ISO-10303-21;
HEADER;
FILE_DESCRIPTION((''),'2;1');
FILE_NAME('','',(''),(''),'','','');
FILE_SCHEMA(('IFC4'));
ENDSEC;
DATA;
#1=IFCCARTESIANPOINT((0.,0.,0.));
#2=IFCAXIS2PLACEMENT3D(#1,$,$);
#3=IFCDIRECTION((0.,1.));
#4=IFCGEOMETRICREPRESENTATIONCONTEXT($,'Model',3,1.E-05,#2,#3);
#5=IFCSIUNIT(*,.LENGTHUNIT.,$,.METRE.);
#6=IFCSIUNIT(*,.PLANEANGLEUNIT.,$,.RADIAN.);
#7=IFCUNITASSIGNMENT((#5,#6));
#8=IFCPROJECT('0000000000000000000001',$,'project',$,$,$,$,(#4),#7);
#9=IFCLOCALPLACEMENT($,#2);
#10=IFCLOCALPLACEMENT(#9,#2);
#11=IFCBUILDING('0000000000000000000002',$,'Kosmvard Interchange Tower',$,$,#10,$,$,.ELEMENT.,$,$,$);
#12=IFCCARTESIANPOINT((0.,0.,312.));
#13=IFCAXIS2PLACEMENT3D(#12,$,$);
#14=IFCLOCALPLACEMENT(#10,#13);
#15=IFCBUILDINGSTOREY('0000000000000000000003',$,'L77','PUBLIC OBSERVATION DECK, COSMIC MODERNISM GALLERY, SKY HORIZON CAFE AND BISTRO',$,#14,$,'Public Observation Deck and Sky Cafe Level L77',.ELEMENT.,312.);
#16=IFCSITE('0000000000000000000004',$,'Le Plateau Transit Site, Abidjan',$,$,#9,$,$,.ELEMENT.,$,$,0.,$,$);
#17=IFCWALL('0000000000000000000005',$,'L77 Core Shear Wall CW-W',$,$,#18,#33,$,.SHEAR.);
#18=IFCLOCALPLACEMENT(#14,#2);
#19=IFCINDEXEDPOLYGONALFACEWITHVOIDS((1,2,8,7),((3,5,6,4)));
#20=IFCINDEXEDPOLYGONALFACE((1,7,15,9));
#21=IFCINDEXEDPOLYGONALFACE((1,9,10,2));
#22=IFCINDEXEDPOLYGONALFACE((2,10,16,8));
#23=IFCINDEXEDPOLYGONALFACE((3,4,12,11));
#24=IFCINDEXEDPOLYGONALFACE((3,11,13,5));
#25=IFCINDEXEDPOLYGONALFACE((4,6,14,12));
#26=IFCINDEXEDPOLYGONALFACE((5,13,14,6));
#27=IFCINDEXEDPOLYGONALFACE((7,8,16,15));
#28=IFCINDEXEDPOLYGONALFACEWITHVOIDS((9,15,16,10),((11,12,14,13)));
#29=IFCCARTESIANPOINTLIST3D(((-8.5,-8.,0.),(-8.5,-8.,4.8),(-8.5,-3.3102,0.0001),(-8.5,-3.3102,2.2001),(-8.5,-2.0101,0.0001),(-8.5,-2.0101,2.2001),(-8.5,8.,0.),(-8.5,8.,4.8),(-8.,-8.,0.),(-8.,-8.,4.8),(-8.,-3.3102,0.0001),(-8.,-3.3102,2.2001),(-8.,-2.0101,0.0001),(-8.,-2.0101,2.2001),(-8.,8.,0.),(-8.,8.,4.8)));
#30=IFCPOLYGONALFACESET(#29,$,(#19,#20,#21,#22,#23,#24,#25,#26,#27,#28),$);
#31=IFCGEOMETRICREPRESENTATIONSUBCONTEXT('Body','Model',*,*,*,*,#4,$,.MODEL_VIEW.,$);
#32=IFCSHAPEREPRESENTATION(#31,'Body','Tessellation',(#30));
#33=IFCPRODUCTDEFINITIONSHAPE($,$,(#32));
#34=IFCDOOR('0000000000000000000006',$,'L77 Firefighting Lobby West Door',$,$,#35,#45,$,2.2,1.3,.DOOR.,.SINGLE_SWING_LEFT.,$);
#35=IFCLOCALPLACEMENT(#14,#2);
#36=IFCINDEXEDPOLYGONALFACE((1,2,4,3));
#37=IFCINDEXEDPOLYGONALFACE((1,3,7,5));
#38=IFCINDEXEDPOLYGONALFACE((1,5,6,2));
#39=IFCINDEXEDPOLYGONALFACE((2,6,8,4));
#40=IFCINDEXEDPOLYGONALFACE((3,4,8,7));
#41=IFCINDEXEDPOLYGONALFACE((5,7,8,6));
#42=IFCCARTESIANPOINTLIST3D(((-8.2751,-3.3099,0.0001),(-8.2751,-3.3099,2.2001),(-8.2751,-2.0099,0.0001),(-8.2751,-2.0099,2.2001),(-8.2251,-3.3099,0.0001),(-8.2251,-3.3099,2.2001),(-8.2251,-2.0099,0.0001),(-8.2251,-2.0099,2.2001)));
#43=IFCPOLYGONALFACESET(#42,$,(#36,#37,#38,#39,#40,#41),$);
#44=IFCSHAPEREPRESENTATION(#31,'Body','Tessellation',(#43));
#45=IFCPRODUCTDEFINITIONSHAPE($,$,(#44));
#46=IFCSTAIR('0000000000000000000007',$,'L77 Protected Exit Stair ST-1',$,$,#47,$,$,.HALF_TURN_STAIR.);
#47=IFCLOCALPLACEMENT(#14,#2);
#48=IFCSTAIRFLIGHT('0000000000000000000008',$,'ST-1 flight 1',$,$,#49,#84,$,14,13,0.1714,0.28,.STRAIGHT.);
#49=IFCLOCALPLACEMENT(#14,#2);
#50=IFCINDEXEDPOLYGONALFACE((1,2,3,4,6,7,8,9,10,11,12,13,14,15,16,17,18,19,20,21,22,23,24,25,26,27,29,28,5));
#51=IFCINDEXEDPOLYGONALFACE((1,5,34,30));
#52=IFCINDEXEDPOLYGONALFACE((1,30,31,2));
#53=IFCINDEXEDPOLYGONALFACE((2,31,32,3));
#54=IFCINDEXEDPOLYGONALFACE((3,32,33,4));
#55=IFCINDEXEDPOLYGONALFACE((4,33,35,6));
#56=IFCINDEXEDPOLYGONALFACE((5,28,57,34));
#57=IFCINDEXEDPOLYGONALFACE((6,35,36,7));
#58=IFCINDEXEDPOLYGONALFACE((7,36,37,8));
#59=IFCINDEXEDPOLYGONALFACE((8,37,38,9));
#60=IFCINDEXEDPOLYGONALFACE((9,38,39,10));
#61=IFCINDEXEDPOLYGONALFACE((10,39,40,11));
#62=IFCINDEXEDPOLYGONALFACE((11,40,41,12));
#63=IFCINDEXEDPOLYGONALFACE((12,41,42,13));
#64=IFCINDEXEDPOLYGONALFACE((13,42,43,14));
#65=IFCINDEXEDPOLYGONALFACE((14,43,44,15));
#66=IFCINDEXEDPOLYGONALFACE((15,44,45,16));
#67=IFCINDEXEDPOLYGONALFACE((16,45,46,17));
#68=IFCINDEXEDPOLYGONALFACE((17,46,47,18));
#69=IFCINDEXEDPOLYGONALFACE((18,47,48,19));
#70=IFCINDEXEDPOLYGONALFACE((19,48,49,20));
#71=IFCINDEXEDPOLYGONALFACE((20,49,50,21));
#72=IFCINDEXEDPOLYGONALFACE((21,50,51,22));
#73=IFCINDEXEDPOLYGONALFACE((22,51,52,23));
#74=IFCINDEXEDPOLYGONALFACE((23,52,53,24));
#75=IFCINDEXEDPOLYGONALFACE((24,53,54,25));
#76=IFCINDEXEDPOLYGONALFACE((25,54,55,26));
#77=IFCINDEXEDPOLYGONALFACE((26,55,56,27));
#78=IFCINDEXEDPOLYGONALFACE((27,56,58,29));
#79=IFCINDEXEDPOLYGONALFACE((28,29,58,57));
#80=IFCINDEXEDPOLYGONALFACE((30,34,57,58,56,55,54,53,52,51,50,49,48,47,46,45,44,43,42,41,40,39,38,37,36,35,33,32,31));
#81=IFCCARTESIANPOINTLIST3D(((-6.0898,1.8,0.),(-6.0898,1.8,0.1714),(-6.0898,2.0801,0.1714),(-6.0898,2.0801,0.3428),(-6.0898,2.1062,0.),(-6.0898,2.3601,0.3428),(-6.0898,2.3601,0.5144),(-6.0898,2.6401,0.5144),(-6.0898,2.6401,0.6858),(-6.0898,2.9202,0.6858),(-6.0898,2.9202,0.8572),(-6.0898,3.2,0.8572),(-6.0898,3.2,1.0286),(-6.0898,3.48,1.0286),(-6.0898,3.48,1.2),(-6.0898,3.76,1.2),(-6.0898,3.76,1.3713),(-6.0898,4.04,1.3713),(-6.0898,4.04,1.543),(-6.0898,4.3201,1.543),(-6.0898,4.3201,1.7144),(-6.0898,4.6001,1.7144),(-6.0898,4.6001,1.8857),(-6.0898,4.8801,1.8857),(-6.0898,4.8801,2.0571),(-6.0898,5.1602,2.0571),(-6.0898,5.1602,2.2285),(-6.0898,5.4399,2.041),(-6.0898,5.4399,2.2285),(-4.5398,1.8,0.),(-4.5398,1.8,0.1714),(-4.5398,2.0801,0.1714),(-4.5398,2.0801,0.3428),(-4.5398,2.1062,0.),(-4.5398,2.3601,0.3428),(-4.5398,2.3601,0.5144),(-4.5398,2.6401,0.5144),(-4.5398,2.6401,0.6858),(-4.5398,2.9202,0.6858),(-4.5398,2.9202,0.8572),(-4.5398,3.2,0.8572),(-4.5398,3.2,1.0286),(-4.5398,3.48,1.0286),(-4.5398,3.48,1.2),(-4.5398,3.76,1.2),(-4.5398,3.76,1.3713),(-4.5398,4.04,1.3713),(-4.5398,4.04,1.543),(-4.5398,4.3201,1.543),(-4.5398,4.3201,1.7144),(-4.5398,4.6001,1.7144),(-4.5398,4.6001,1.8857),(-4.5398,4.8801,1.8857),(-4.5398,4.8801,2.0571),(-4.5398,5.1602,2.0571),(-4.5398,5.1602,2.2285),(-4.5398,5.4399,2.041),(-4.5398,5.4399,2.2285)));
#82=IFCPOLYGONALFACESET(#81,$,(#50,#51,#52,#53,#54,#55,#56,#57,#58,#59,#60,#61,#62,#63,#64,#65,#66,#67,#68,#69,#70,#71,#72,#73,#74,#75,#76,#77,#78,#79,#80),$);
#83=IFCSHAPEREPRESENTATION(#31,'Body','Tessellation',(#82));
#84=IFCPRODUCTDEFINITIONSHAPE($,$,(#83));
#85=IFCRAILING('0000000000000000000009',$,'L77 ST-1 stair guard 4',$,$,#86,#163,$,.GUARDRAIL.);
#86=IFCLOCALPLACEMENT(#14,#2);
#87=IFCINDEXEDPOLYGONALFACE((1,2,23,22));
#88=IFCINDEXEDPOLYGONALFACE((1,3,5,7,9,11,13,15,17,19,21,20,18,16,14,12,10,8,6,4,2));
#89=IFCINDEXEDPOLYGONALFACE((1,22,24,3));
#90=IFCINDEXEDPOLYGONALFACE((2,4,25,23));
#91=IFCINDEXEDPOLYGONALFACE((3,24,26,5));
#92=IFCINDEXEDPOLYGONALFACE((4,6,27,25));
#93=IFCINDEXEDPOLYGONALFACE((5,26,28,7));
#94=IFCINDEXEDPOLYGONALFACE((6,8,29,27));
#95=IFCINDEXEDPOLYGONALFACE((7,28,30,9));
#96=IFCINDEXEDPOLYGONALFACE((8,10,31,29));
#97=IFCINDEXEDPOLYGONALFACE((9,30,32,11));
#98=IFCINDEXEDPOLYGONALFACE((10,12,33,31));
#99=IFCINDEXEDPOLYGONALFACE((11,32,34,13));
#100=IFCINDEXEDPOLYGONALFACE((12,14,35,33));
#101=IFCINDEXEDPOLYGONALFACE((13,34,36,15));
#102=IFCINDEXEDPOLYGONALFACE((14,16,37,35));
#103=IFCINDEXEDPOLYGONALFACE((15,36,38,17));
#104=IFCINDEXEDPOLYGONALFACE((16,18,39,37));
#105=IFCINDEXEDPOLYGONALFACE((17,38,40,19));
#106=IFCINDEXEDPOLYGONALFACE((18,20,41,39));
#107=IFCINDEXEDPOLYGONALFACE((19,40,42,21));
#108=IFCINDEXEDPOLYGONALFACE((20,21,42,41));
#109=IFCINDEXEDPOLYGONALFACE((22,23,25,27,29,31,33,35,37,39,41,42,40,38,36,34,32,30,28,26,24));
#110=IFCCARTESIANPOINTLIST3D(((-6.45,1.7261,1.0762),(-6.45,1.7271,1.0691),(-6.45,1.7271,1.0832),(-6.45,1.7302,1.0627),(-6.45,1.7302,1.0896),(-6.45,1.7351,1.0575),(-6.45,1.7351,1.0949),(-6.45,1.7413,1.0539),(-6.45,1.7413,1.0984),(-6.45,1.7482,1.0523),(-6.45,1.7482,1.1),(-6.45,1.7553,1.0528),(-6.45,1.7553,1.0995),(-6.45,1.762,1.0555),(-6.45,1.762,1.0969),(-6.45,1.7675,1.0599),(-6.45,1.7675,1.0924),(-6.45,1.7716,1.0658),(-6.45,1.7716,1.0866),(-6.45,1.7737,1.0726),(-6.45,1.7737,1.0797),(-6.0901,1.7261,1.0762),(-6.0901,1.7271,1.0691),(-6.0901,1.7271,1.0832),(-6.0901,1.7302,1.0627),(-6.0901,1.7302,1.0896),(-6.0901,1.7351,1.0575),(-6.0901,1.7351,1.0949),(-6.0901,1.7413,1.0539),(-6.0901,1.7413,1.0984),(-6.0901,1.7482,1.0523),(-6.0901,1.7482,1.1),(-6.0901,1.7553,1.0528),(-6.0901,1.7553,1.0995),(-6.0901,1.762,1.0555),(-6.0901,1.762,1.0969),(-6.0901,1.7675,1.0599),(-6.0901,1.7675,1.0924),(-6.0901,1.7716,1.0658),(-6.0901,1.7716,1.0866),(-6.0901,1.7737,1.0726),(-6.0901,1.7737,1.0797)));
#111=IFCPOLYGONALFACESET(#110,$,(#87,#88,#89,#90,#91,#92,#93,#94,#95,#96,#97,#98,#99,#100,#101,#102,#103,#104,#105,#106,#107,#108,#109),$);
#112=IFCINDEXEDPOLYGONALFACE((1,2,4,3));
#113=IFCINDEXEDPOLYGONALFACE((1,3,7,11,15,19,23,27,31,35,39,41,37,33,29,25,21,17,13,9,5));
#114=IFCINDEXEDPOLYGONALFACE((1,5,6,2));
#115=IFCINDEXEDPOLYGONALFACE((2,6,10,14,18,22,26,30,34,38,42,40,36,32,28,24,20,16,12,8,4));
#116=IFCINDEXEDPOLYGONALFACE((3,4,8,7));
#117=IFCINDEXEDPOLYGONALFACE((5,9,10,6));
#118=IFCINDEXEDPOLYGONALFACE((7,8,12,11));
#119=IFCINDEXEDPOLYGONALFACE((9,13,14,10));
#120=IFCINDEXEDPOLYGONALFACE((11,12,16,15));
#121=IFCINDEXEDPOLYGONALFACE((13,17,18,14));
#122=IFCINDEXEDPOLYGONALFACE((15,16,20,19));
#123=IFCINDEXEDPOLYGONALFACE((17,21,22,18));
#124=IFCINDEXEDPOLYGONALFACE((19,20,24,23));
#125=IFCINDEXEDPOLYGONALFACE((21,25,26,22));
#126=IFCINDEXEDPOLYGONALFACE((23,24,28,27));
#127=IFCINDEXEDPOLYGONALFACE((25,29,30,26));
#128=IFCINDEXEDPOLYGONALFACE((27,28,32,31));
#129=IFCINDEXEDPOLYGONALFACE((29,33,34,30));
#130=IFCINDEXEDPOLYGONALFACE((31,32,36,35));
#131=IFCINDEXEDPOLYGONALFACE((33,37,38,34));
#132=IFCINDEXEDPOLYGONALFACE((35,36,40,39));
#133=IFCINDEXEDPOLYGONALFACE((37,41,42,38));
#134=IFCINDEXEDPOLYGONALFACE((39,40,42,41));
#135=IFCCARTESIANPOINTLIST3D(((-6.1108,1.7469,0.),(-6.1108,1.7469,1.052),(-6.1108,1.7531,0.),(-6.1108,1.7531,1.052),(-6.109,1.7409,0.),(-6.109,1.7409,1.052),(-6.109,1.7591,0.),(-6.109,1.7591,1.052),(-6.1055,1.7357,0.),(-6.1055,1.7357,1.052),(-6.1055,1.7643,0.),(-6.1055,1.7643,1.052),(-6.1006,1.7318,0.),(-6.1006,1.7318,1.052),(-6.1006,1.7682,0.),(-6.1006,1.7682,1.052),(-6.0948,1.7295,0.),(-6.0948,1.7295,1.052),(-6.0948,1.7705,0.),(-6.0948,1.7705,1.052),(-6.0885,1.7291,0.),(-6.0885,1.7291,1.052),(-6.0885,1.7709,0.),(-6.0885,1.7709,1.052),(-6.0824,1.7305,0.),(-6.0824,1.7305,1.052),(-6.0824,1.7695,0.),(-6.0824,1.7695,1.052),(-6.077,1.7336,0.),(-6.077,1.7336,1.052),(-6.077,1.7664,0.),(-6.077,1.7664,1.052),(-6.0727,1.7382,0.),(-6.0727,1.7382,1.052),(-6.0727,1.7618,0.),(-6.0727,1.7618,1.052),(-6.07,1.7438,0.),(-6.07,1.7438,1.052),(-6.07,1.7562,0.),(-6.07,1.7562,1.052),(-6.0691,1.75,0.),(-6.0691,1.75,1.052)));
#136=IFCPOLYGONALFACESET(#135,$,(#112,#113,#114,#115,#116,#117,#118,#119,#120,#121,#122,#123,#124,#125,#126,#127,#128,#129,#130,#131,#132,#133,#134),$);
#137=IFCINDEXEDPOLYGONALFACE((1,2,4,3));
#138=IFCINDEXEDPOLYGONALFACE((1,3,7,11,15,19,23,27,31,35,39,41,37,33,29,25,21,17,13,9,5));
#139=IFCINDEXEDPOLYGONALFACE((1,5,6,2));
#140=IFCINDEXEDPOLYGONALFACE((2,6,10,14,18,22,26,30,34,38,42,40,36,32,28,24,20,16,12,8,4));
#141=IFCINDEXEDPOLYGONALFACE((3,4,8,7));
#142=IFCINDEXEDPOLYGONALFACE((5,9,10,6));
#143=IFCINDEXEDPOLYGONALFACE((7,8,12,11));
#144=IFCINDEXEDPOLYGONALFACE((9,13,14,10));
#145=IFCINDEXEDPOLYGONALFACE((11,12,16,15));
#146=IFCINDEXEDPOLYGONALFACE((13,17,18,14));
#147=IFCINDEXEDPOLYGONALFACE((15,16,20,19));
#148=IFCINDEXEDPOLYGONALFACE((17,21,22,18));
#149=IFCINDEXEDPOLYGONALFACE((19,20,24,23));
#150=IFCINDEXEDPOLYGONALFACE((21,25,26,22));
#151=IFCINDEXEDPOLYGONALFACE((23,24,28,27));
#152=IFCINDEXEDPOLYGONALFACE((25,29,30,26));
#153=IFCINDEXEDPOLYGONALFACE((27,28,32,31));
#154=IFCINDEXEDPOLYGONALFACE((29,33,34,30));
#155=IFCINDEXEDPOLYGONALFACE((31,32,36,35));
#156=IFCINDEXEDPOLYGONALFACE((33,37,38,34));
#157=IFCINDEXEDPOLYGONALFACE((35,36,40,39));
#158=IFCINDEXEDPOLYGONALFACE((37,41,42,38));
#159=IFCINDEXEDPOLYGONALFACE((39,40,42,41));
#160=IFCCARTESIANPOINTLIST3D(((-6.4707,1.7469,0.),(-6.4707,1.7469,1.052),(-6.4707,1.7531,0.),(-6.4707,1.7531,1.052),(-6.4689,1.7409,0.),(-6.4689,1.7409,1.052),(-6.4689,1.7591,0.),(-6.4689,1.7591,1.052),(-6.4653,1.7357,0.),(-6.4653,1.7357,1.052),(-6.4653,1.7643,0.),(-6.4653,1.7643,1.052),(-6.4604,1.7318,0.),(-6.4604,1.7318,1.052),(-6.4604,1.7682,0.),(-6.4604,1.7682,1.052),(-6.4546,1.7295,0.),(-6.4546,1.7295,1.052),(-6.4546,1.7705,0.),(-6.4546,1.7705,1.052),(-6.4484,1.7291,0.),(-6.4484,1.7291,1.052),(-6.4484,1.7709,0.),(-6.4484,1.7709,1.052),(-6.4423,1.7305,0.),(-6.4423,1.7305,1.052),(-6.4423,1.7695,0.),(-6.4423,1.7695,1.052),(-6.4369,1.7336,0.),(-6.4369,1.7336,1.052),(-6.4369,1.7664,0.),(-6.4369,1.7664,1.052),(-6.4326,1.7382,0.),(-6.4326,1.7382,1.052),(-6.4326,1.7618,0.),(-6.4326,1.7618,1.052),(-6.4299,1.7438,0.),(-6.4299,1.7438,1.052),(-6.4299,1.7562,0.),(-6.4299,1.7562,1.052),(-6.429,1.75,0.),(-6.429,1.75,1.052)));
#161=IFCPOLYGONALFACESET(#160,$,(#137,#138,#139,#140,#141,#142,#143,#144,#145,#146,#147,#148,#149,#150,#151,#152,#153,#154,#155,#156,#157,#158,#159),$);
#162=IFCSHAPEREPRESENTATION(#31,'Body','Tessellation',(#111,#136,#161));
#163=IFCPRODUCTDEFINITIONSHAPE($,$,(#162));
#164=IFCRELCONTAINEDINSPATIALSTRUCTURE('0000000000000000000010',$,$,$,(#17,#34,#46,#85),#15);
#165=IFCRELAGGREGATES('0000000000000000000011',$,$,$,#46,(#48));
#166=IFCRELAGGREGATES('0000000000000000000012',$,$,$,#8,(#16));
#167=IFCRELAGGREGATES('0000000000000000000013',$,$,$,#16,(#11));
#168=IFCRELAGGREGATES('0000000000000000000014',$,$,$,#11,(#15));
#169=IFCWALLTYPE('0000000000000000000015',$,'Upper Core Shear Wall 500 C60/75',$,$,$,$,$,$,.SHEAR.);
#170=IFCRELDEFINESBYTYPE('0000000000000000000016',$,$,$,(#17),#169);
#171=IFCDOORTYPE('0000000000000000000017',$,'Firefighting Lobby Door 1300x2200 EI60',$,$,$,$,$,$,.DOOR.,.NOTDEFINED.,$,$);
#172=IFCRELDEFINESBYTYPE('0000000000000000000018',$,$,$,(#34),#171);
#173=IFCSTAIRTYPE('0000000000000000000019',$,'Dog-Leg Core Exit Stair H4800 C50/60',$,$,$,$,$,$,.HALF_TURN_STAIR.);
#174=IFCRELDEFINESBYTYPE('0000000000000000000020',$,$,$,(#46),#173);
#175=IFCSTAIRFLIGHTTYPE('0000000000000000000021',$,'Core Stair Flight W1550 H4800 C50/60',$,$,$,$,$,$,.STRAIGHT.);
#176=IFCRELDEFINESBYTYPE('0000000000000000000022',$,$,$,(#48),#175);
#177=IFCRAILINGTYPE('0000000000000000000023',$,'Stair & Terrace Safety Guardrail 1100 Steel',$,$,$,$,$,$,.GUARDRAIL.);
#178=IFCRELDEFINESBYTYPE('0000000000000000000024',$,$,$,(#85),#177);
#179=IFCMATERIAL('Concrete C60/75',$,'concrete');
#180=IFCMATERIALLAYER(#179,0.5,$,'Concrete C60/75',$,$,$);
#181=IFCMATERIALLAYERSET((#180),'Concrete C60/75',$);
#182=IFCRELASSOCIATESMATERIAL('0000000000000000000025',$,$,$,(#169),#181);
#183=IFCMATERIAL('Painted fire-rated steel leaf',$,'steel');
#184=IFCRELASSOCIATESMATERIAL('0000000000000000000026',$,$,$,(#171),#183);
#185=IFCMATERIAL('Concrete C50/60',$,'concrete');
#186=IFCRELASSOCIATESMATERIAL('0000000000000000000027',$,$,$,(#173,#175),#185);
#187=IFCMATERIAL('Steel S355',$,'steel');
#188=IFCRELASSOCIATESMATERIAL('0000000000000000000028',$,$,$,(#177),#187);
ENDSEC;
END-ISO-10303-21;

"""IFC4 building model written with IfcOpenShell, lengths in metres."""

from ifc_helpers import new_model, si_unit, direction, frame, frame_2d, origin, origin_2d, place, context, subcontext, project, spatial, polyline, rectangle, circle, outline, extrude, source, transform, mapped, material, layer, layer_set, type_object, element, fill, aggregate, save


model = new_model("IFC4")

# Units and contexts
model_context = context("Model", 3, precision=1e-05, world=origin(), true_north=direction((0.0, 1.0)))
body_context = subcontext(model_context, "Body", "Model", "MODEL_VIEW")
ifc_project = project(units=[si_unit("LENGTHUNIT", "METRE"), si_unit("PLANEANGLEUNIT", "RADIAN")], contexts=[model_context])

# Site, building, storey
site_placement = place(None, origin())
site = spatial("IfcSite", under=ifc_project, at=site_placement, Name="Le Plateau Transit Site, Abidjan", CompositionType="ELEMENT", RefElevation=0.0)
building_placement = place(site_placement, origin())
building = spatial("IfcBuilding", under=site, at=building_placement, Name="Kosmvard Interchange Tower", CompositionType="ELEMENT")
storey_placement = place(building_placement, frame((0.0, 0.0, 312.0)))
storey = spatial("IfcBuildingStorey", under=building, at=storey_placement, Name="L77", Description="PUBLIC OBSERVATION DECK, COSMIC MODERNISM GALLERY, SKY HORIZON CAFE AND BISTRO", LongName="Public Observation Deck and Sky Cafe Level L77", CompositionType="ELEMENT", Elevation=312.0)

# Shared definitions
ifc_material_1 = material(Name="Concrete C50/60", Category="concrete")

# Shared definitions
ifc_material_2 = material(Name="Concrete C60/75", Category="concrete")

# Shared definitions
ifc_material_3 = material(Name="Painted fire-rated steel leaf", Category="steel")

# Wall, opening, door
ifc_layer_1 = layer(ifc_material_2, 0.5, Name="Concrete C60/75")
ifc_layer_set_1 = layer_set([ifc_layer_1], Name="Concrete C60/75")
wall_type_1 = type_object("IfcWallType", Name="Upper Core Shear Wall 500 C60/75", PredefinedType="SHEAR", material=ifc_layer_set_1)
wall_1_placement = place(storey_placement, frame((-8.25, -8.0, 0.0), z_axis=(0.0, 0.0, 1.0), x_axis=(0.0, 1.0, 0.0)))
wall_1 = element("IfcWall", 1, at=wall_1_placement, inside=storey, type_object=wall_type_1, Name="L77 Core Shear Wall CW-W", PredefinedType="SHEAR", context=body_context, shape_type="SweptSolid", body=[
    extrude(rectangle(XDim=16.0, YDim=0.5, at=frame_2d((8.0, 0.0))), origin(), (0.0, 0.0, 1.0), 4.8),
])
opening_1_placement = place(wall_1_placement, frame((4.6899, 0.0, 0.0)))
opening_1 = element("IfcOpeningElement", 2, at=opening_1_placement, cuts=wall_1, PredefinedType="OPENING", context=body_context, shape_type="SweptSolid", body=[
    extrude(rectangle(XDim=1.3, YDim=2.2, at=frame_2d((0.6499, 1.1001))), frame((0.0, 0.26, 0.0), z_axis=(0.0, -1.0, 0.0), x_axis=(1.0, 0.0, 0.0)), (0.0, 0.0, 1.0), 0.52),
])
door_type_1 = type_object("IfcDoorType", Name="Firefighting Lobby Door 1300x2200 EI60", OperationType="NOTDEFINED", PredefinedType="DOOR", material=ifc_material_3)
shared_shape_1 = source(origin(), body_context, "Body", "SweptSolid", [
    extrude(rectangle(XDim=1.3, YDim=2.2, at=frame_2d((0.6499, 1.1001))), frame((0.0, 0.0249, 0.0), z_axis=(0.0, -1.0, 0.0), x_axis=(1.0, 0.0, 0.0)), (0.0, 0.0, 1.0), 0.05),
])
door_1_placement = place(opening_1_placement, frame((1.3, 0.0, 0.0), z_axis=(0.0, 0.0, 1.0), x_axis=(-1.0, 0.0, 0.0)))
door_1 = element("IfcDoor", 3, at=door_1_placement, inside=storey, type_object=door_type_1, Name="L77 Firefighting Lobby West Door", OperationType="SINGLE_SWING_LEFT", OverallHeight=2.2, OverallWidth=1.3, PredefinedType="DOOR", context=body_context, shape_type="MappedRepresentation", body=[
    mapped(shared_shape_1, transform((0.0, 0.0, 0.0), scale=1.0)),
])
fill(opening_1, door_1)

# Stair, stair flight
stair_type = type_object("IfcStairType", Name="Dog-Leg Core Exit Stair H4800 C50/60", PredefinedType="HALF_TURN_STAIR", material=ifc_material_1)
stair_placement = place(storey_placement, origin())
stair = element("IfcStair", 4, at=stair_placement, inside=storey, type_object=stair_type, Name="L77 Protected Exit Stair ST-1", PredefinedType="HALF_TURN_STAIR")
stair_flight_type = type_object("IfcStairFlightType", Name="Core Stair Flight W1550 H4800 C50/60", PredefinedType="STRAIGHT", material=ifc_material_1)
shared_shape_2 = source(origin(), body_context, "Body", "SweptSolid", [
    extrude(outline(polyline([(0.0, 0.0), (0.0, 0.1714), (0.28, 0.1714), (0.28, 0.3428), (0.5601, 0.3428), (0.5601, 0.5144), (0.8401, 0.5144), (0.8401, 0.6858), (1.1201, 0.6858), (1.1201, 0.8572), (1.3999, 0.8572), (1.3999, 1.0286), (1.6799, 1.0286), (1.6799, 1.2), (1.96, 1.2), (1.96, 1.3713), (2.24, 1.3713), (2.24, 1.543), (2.52, 1.543), (2.52, 1.7144), (2.8, 1.7144), (2.8, 1.8857), (3.0801, 1.8857), (3.0801, 2.0571), (3.3601, 2.0571), (3.3601, 2.2285), (3.6399, 2.2285), (3.6399, 2.3999), (3.6399, 2.041), (0.3062, 0.0), (0.0, 0.0)])), frame((0.0, 0.7749, 0.0), z_axis=(0.0, -1.0, 0.0), x_axis=(1.0, 0.0, 0.0)), (0.0, 0.0, 1.0), 1.55),
])
stair_flight_placement = place(storey_placement, frame((-5.3149, 1.8, 0.0), z_axis=(0.0, 0.0, 1.0), x_axis=(0.0, 1.0, 0.0)))
stair_flight = element("IfcStairFlight", 5, at=stair_flight_placement, type_object=stair_flight_type, Name="ST-1 flight 1", NumberOfRisers=14, NumberOfTreads=13, PredefinedType="STRAIGHT", RiserHeight=0.1714, TreadLength=0.28, context=body_context, shape_type="MappedRepresentation", body=[
    mapped(shared_shape_2, transform((0.0, 0.0, 0.0), scale=1.0)),
])
aggregate(stair, [stair_flight])

# Railing
ifc_material_4 = material(Name="Steel S355", Category="steel")
railing_type_1 = type_object("IfcRailingType", Name="Stair & Terrace Safety Guardrail 1100 Steel", PredefinedType="GUARDRAIL", material=ifc_material_4)
shared_shape_3 = source(origin(), body_context, "Body", "SweptSolid", [
    extrude(circle(Radius=0.0239, at=origin_2d()), frame((0.0, 0.0, 1.0762), z_axis=(-1.0, 0.0, 0.0), x_axis=(0.0, -1.0, 0.0)), (0.0, 0.0, 1.0), 0.3599),
    extrude(circle(Radius=0.021, at=origin_2d()), origin(), (0.0, 0.0, 1.0), 1.052),
    extrude(circle(Radius=0.021, at=origin_2d()), frame((-0.3599, 0.0, 0.0)), (0.0, 0.0, 1.0), 1.052),
])
railing_1_placement = place(storey_placement, frame((-6.0901, 1.75, 0.0)))
element("IfcRailing", 6, at=railing_1_placement, inside=storey, type_object=railing_type_1, Name="L77 ST-1 stair guard 4", PredefinedType="GUARDRAIL", context=body_context, shape_type="MappedRepresentation", body=[
    mapped(shared_shape_3, transform((0.0, 0.0, 0.0), scale=1.0)),
])

save(model, "model.ifc")
